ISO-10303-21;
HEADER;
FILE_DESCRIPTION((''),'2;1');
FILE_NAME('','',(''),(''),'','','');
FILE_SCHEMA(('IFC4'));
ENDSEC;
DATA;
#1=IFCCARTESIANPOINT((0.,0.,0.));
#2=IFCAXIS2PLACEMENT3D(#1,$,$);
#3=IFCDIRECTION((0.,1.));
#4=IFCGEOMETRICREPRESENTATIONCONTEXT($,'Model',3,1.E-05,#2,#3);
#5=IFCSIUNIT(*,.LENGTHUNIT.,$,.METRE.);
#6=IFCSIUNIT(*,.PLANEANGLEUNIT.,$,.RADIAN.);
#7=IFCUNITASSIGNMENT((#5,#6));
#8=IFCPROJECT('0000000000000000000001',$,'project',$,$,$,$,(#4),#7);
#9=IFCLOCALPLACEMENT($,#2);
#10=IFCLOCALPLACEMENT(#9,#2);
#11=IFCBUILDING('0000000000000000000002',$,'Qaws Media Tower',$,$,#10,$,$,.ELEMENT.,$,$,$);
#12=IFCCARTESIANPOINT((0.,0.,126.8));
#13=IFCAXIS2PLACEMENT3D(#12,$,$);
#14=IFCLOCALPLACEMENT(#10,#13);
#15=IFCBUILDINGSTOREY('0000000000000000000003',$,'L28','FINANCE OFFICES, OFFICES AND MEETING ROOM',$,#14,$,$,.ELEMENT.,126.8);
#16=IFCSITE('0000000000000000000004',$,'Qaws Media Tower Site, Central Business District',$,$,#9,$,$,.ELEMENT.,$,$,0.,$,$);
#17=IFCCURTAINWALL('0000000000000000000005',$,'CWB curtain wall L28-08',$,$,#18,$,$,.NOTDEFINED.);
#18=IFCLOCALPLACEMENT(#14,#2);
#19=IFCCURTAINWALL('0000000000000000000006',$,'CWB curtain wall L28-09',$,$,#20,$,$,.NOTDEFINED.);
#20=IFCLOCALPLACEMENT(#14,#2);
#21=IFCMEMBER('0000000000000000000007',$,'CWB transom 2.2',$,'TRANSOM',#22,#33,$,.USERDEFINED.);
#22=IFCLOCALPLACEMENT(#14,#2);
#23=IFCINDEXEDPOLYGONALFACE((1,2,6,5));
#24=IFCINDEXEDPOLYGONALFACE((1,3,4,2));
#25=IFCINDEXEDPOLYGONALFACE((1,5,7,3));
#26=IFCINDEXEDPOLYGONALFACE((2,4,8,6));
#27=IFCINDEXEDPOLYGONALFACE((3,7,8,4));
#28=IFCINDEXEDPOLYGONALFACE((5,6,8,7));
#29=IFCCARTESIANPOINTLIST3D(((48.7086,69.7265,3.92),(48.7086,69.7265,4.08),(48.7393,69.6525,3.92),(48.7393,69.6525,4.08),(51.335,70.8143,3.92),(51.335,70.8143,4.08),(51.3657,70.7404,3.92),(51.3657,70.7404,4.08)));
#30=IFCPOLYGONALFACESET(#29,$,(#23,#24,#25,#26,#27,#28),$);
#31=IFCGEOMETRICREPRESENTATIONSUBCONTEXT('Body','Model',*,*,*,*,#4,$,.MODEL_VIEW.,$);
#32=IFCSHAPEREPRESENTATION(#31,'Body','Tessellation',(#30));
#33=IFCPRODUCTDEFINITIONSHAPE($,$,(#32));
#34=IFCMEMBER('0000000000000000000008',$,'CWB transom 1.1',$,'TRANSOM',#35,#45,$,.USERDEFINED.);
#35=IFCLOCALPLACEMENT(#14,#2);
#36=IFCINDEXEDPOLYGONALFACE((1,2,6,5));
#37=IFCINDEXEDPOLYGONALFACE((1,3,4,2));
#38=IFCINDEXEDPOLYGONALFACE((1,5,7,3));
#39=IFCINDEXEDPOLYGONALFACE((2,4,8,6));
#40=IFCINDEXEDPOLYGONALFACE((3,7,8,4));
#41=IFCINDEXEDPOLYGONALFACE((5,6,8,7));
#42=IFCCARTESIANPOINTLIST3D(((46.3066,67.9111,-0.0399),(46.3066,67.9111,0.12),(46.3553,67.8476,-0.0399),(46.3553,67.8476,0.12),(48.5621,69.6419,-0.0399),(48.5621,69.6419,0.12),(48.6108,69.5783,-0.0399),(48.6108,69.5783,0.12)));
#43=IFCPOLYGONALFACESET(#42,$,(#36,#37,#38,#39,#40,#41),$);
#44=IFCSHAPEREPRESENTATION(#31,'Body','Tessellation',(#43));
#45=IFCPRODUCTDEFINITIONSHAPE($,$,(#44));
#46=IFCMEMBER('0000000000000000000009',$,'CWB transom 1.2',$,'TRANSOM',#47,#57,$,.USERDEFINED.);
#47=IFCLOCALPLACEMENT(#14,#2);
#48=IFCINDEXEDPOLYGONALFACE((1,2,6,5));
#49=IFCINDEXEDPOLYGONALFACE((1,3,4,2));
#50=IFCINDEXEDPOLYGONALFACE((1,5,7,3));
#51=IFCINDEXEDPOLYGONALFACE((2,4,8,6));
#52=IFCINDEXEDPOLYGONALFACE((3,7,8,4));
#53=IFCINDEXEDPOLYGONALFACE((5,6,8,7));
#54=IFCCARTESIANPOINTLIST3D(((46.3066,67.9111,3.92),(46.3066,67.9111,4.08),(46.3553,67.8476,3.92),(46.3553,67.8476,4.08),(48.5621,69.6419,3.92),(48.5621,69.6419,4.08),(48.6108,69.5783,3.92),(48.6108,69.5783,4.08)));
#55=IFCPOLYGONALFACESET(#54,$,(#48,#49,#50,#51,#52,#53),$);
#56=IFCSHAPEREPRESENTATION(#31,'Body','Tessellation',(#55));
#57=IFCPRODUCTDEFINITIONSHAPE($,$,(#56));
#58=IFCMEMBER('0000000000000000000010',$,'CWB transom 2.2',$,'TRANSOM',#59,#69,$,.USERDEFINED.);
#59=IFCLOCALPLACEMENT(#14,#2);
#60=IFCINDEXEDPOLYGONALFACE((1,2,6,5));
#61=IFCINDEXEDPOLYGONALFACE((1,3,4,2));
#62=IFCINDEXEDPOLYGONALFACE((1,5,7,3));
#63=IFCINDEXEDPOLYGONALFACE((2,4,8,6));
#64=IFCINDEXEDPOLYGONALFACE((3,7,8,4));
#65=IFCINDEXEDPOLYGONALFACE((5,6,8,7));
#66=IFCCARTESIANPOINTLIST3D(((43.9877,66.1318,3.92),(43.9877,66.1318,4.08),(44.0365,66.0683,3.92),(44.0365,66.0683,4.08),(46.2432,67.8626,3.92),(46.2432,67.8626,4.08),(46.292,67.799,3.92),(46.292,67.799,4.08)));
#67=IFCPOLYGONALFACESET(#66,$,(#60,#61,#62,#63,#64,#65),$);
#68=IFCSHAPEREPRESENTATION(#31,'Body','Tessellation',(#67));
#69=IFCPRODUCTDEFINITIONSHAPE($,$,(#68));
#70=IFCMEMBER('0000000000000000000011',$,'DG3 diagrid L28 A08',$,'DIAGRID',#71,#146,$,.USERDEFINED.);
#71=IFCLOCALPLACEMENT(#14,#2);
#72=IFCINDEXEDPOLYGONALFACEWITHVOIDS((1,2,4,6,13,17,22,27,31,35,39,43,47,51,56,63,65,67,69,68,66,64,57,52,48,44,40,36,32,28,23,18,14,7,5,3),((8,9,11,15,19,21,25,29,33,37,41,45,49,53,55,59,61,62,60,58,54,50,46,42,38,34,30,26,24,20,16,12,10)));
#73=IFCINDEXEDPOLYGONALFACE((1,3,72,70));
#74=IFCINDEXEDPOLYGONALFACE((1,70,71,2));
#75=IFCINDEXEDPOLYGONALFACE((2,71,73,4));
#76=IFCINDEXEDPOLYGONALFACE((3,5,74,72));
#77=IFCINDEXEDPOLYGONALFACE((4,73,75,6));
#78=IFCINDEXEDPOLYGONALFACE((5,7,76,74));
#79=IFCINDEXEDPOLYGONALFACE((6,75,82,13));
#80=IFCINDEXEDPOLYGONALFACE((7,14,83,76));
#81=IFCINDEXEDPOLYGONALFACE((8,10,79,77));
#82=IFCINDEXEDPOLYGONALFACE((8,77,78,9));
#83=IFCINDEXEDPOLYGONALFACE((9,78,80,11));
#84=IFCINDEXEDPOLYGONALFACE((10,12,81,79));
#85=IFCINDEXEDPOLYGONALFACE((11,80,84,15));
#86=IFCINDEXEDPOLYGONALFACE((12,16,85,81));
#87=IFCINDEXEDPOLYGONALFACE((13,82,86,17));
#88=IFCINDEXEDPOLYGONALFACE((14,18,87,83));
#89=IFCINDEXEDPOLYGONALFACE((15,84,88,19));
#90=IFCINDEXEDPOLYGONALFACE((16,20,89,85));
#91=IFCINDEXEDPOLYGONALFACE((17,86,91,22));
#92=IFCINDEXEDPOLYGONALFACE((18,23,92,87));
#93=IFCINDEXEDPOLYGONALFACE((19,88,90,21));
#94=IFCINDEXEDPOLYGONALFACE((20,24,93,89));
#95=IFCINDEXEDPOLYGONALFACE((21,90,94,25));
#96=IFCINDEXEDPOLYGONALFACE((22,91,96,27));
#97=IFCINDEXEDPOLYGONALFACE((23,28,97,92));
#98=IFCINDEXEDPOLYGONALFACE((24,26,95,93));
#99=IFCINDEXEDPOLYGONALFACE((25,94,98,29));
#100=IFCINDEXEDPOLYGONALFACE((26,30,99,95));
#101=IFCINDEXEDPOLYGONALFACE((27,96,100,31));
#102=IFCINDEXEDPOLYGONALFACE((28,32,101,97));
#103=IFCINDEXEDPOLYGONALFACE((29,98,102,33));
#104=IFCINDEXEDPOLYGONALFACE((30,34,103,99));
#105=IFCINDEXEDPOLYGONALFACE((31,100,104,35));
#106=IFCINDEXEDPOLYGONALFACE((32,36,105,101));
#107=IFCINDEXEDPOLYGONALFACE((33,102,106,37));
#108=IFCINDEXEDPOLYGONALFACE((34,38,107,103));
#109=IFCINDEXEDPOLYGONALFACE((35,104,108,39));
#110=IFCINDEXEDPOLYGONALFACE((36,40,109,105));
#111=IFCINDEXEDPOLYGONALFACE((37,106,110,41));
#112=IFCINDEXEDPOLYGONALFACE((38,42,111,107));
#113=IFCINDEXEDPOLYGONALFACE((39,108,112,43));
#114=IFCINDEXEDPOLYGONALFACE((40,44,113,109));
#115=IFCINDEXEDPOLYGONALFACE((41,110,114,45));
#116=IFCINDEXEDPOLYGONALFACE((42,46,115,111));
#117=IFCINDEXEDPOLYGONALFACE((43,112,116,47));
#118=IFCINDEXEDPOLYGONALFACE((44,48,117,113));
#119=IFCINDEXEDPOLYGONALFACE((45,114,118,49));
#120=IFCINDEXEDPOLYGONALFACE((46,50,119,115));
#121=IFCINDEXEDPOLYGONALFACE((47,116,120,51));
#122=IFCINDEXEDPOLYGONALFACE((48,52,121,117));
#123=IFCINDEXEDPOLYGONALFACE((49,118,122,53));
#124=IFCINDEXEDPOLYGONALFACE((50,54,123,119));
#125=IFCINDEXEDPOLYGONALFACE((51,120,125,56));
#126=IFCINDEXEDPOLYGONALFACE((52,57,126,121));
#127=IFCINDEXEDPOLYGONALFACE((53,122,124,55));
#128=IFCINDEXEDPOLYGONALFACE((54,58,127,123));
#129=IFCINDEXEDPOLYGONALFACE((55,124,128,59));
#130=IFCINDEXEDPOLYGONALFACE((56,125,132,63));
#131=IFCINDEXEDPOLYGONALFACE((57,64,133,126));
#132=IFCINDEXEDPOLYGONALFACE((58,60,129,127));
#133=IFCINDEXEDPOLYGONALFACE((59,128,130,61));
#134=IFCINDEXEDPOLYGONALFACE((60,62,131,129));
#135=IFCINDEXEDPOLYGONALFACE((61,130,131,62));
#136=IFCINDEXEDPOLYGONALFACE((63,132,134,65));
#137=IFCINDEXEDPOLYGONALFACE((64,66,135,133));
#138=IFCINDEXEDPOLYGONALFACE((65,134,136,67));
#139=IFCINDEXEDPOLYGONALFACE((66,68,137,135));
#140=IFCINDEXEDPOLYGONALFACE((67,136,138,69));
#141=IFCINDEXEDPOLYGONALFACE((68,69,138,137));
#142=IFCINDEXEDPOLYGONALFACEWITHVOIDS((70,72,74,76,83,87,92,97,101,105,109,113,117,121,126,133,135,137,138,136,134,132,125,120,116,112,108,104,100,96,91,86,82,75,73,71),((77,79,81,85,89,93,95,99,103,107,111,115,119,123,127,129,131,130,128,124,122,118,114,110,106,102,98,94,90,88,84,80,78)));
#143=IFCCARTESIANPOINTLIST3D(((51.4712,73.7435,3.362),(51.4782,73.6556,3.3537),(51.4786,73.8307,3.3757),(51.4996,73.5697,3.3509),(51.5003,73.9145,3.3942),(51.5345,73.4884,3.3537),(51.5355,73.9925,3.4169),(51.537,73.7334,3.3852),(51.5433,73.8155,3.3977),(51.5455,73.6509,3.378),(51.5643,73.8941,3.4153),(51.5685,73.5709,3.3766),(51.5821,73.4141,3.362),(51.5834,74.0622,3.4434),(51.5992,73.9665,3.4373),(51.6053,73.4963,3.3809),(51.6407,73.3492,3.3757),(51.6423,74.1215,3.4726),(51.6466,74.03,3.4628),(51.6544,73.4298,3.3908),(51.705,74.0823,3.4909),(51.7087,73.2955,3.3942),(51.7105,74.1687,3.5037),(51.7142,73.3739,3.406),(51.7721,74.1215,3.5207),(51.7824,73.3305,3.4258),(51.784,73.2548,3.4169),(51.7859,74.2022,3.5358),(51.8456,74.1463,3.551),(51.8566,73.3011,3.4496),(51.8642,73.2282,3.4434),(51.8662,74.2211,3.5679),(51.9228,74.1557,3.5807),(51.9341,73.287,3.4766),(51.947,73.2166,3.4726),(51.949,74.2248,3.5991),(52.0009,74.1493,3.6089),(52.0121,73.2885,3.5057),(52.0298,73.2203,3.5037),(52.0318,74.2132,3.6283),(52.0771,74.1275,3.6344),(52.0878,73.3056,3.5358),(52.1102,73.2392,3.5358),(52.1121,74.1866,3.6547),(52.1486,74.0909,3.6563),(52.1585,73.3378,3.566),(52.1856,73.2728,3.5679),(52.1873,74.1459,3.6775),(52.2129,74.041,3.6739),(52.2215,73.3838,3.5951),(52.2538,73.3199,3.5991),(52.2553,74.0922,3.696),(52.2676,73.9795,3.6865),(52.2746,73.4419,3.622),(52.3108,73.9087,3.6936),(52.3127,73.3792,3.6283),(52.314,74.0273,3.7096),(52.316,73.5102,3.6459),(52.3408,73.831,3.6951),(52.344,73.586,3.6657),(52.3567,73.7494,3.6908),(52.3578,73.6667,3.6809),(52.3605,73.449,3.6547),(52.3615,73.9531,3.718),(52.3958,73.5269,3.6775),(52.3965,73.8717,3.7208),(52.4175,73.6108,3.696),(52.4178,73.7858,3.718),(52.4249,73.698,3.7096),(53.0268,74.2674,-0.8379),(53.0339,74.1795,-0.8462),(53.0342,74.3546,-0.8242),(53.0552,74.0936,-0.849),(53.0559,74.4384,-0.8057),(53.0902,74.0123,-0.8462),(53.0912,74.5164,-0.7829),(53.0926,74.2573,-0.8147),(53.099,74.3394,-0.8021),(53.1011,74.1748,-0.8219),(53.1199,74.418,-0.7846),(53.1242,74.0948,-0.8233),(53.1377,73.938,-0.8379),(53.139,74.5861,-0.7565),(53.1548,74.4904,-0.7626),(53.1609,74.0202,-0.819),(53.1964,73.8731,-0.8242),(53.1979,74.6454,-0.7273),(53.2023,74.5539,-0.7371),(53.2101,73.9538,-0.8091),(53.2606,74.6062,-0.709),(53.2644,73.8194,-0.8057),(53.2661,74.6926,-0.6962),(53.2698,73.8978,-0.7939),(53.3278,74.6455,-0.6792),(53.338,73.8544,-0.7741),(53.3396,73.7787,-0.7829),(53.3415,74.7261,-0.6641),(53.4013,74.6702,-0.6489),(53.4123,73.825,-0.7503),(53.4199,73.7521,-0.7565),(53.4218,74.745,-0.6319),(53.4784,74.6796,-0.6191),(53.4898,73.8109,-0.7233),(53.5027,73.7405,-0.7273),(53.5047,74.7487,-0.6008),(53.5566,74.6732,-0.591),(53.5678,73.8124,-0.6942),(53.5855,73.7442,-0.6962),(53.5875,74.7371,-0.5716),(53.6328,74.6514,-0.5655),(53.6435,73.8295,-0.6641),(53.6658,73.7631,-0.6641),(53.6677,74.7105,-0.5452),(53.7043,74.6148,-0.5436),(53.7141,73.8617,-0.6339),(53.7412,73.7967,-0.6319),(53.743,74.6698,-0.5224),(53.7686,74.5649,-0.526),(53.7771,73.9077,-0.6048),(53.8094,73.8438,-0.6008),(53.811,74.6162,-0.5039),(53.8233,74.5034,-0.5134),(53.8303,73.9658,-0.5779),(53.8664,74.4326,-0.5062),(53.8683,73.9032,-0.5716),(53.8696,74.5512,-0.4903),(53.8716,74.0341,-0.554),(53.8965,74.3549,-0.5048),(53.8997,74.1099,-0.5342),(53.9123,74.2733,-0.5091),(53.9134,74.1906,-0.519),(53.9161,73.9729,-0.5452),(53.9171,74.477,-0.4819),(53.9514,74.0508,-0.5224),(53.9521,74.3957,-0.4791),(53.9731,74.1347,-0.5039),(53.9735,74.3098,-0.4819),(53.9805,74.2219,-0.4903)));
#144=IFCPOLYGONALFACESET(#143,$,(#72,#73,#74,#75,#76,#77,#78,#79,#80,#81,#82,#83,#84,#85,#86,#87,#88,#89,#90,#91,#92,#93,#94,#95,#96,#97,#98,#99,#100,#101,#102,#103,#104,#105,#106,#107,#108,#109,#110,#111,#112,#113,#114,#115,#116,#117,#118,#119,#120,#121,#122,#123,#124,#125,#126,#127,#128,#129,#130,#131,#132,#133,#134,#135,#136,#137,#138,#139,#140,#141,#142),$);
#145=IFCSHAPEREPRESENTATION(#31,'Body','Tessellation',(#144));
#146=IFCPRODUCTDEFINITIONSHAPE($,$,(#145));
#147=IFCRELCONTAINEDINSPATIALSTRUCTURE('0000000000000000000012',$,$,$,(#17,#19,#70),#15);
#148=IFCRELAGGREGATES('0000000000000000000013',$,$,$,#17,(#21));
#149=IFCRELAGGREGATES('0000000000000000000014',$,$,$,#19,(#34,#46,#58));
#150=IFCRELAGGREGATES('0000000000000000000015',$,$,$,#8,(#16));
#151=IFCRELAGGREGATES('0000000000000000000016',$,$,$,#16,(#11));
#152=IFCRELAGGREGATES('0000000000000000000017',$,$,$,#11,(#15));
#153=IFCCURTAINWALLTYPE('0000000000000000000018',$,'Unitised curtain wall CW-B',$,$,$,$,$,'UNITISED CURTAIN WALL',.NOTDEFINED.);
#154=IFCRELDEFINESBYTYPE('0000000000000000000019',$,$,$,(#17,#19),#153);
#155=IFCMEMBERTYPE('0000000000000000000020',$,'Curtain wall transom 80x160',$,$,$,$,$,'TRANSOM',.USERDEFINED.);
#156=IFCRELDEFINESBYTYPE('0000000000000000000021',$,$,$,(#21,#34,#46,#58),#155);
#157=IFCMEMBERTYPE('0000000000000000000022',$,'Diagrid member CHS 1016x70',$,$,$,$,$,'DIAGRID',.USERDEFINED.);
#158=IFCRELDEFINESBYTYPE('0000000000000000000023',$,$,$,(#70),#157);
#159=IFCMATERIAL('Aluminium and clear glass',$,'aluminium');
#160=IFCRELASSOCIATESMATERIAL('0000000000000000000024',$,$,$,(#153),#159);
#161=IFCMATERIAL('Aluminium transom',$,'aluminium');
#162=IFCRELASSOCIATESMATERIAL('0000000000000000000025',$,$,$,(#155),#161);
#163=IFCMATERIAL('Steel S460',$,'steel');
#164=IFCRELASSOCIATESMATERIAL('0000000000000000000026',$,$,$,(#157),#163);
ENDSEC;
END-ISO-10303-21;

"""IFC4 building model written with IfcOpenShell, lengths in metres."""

from ifc_helpers import new_model, si_unit, direction, frame, origin, origin_2d, place, context, subcontext, project, spatial, rectangle, hollow_circle, extrude, material, material_profile, profile_set, type_object, element, aggregate, save


model = new_model("IFC4")

# Units and contexts
model_context = context("Model", 3, precision=1e-05, world=origin(), true_north=direction((0.0, 1.0)))
body_context = subcontext(model_context, "Body", "Model", "MODEL_VIEW")
ifc_project = project(units=[si_unit("LENGTHUNIT", "METRE"), si_unit("PLANEANGLEUNIT", "RADIAN")], contexts=[model_context])

# Site, building, storey
site_placement = place(None, origin())
site = spatial("IfcSite", under=ifc_project, at=site_placement, Name="Qaws Media Tower Site, Central Business District", CompositionType="ELEMENT", RefElevation=0.0)
building_placement = place(site_placement, origin())
building = spatial("IfcBuilding", under=site, at=building_placement, Name="Qaws Media Tower", CompositionType="ELEMENT")
storey_placement = place(building_placement, frame((0.0, 0.0, 126.8)))
storey = spatial("IfcBuildingStorey", under=building, at=storey_placement, Name="L28", Description="FINANCE OFFICES, OFFICES AND MEETING ROOM", CompositionType="ELEMENT", Elevation=126.8)

# Curtain walls
ifc_material_1 = material(Name="Aluminium and clear glass", Category="aluminium")
curtain_wall_type = type_object("IfcCurtainWallType", Name="Unitised curtain wall CW-B", ElementType="UNITISED CURTAIN WALL", PredefinedType="NOTDEFINED", material=ifc_material_1)
curtain_wall_1_placement = place(storey_placement, origin())
curtain_wall_1 = element("IfcCurtainWall", 1, at=curtain_wall_1_placement, inside=storey, type_object=curtain_wall_type, Name="CWB curtain wall L28-08", PredefinedType="NOTDEFINED")
curtain_wall_2_placement = place(storey_placement, origin())
curtain_wall_2 = element("IfcCurtainWall", 2, at=curtain_wall_2_placement, inside=storey, type_object=curtain_wall_type, Name="CWB curtain wall L28-09", PredefinedType="NOTDEFINED")

# Members
ifc_material_2 = material(Name="Aluminium transom", Category="aluminium")
ifc_material_profile_1 = material_profile(ifc_material_2, rectangle(XDim=0.0801, YDim=0.1599, at=origin_2d()), Name="80x160")
ifc_profile_set_1 = profile_set([ifc_material_profile_1], Name="Aluminium transom")
member_type_1 = type_object("IfcMemberType", Name="Curtain wall transom 80x160", ElementType="TRANSOM", PredefinedType="USERDEFINED", material=ifc_profile_set_1)
member_1_placement = place(storey_placement, frame((51.3503, 70.7773, 4.0), z_axis=(-0.923883, -0.382675, 0.0), x_axis=(0.382675, -0.923883, 0.0)))
member_1 = element("IfcMember", 3, at=member_1_placement, type_object=member_type_1, Name="CWB transom 2.2", ObjectType="TRANSOM", PredefinedType="USERDEFINED", context=body_context, shape_type="SweptSolid", body=[
    extrude(rectangle(XDim=0.0801, YDim=0.1599, at=origin_2d()), origin(), (0.0, 0.0, 1.0), 2.8428),
])
member_2_placement = place(storey_placement, frame((48.5864, 69.6101, 0.04), z_axis=(-0.793335, -0.608785, 0.0), x_axis=(0.608785, -0.793335, 0.0)))
member_2 = element("IfcMember", 4, at=member_2_placement, type_object=member_type_1, Name="CWB transom 1.1", ObjectType="TRANSOM", PredefinedType="USERDEFINED", context=body_context, shape_type="SweptSolid", body=[
    extrude(rectangle(XDim=0.0801, YDim=0.1599, at=origin_2d()), origin(), (0.0, 0.0, 1.0), 2.843),
])
member_3_placement = place(storey_placement, frame((48.5864, 69.6101, 4.0), z_axis=(-0.793335, -0.608785, 0.0), x_axis=(0.608785, -0.793335, 0.0)))
member_3 = element("IfcMember", 5, at=member_3_placement, type_object=member_type_1, Name="CWB transom 1.2", ObjectType="TRANSOM", PredefinedType="USERDEFINED", context=body_context, shape_type="SweptSolid", body=[
    extrude(rectangle(XDim=0.0801, YDim=0.1599, at=origin_2d()), origin(), (0.0, 0.0, 1.0), 2.843),
])
member_4_placement = place(storey_placement, frame((46.2676, 67.8308, 4.0), z_axis=(-0.793335, -0.608785, 0.0), x_axis=(0.608785, -0.793335, 0.0)))
member_4 = element("IfcMember", 6, at=member_4_placement, type_object=member_type_1, Name="CWB transom 2.2", ObjectType="TRANSOM", PredefinedType="USERDEFINED", context=body_context, shape_type="SweptSolid", body=[
    extrude(rectangle(XDim=0.0801, YDim=0.1599, at=origin_2d()), origin(), (0.0, 0.0, 1.0), 2.843),
])

# Member
ifc_material_3 = material(Name="Steel S460", Category="steel")
ifc_material_profile_2 = material_profile(ifc_material_3, hollow_circle(Radius=0.5081, WallThickness=0.0701, at=origin_2d()), Name="CHS 1016x70")
ifc_profile_set_2 = profile_set([ifc_material_profile_2], Name="Steel S460")
member_type_2 = type_object("IfcMemberType", Name="Diagrid member CHS 1016x70", ElementType="DIAGRID", PredefinedType="USERDEFINED", material=ifc_profile_set_2)
for number, where, z_axis, x_axis, name in (
    (7, (53.5037, 74.2446, -0.6641), (-0.344987, -0.116187, 0.931389), (0.319171, -0.947697, 0.0), "DG3 diagrid L28 A08"),
):
    element("IfcMember", number, at=place(storey_placement, frame(where, z_axis=z_axis, x_axis=x_axis)), inside=storey, type_object=member_type_2, Name=name, ObjectType="DIAGRID", PredefinedType="USERDEFINED", context=body_context, shape_type="SweptSolid", body=[
        extrude(hollow_circle(Radius=0.5081, WallThickness=0.0701, at=origin_2d()), origin(), (0.0, 0.0, 1.0), 4.5093),
    ])

aggregate(curtain_wall_1, [member_1])
aggregate(curtain_wall_2, [member_2, member_3, member_4])

save(model, "model.ifc")
